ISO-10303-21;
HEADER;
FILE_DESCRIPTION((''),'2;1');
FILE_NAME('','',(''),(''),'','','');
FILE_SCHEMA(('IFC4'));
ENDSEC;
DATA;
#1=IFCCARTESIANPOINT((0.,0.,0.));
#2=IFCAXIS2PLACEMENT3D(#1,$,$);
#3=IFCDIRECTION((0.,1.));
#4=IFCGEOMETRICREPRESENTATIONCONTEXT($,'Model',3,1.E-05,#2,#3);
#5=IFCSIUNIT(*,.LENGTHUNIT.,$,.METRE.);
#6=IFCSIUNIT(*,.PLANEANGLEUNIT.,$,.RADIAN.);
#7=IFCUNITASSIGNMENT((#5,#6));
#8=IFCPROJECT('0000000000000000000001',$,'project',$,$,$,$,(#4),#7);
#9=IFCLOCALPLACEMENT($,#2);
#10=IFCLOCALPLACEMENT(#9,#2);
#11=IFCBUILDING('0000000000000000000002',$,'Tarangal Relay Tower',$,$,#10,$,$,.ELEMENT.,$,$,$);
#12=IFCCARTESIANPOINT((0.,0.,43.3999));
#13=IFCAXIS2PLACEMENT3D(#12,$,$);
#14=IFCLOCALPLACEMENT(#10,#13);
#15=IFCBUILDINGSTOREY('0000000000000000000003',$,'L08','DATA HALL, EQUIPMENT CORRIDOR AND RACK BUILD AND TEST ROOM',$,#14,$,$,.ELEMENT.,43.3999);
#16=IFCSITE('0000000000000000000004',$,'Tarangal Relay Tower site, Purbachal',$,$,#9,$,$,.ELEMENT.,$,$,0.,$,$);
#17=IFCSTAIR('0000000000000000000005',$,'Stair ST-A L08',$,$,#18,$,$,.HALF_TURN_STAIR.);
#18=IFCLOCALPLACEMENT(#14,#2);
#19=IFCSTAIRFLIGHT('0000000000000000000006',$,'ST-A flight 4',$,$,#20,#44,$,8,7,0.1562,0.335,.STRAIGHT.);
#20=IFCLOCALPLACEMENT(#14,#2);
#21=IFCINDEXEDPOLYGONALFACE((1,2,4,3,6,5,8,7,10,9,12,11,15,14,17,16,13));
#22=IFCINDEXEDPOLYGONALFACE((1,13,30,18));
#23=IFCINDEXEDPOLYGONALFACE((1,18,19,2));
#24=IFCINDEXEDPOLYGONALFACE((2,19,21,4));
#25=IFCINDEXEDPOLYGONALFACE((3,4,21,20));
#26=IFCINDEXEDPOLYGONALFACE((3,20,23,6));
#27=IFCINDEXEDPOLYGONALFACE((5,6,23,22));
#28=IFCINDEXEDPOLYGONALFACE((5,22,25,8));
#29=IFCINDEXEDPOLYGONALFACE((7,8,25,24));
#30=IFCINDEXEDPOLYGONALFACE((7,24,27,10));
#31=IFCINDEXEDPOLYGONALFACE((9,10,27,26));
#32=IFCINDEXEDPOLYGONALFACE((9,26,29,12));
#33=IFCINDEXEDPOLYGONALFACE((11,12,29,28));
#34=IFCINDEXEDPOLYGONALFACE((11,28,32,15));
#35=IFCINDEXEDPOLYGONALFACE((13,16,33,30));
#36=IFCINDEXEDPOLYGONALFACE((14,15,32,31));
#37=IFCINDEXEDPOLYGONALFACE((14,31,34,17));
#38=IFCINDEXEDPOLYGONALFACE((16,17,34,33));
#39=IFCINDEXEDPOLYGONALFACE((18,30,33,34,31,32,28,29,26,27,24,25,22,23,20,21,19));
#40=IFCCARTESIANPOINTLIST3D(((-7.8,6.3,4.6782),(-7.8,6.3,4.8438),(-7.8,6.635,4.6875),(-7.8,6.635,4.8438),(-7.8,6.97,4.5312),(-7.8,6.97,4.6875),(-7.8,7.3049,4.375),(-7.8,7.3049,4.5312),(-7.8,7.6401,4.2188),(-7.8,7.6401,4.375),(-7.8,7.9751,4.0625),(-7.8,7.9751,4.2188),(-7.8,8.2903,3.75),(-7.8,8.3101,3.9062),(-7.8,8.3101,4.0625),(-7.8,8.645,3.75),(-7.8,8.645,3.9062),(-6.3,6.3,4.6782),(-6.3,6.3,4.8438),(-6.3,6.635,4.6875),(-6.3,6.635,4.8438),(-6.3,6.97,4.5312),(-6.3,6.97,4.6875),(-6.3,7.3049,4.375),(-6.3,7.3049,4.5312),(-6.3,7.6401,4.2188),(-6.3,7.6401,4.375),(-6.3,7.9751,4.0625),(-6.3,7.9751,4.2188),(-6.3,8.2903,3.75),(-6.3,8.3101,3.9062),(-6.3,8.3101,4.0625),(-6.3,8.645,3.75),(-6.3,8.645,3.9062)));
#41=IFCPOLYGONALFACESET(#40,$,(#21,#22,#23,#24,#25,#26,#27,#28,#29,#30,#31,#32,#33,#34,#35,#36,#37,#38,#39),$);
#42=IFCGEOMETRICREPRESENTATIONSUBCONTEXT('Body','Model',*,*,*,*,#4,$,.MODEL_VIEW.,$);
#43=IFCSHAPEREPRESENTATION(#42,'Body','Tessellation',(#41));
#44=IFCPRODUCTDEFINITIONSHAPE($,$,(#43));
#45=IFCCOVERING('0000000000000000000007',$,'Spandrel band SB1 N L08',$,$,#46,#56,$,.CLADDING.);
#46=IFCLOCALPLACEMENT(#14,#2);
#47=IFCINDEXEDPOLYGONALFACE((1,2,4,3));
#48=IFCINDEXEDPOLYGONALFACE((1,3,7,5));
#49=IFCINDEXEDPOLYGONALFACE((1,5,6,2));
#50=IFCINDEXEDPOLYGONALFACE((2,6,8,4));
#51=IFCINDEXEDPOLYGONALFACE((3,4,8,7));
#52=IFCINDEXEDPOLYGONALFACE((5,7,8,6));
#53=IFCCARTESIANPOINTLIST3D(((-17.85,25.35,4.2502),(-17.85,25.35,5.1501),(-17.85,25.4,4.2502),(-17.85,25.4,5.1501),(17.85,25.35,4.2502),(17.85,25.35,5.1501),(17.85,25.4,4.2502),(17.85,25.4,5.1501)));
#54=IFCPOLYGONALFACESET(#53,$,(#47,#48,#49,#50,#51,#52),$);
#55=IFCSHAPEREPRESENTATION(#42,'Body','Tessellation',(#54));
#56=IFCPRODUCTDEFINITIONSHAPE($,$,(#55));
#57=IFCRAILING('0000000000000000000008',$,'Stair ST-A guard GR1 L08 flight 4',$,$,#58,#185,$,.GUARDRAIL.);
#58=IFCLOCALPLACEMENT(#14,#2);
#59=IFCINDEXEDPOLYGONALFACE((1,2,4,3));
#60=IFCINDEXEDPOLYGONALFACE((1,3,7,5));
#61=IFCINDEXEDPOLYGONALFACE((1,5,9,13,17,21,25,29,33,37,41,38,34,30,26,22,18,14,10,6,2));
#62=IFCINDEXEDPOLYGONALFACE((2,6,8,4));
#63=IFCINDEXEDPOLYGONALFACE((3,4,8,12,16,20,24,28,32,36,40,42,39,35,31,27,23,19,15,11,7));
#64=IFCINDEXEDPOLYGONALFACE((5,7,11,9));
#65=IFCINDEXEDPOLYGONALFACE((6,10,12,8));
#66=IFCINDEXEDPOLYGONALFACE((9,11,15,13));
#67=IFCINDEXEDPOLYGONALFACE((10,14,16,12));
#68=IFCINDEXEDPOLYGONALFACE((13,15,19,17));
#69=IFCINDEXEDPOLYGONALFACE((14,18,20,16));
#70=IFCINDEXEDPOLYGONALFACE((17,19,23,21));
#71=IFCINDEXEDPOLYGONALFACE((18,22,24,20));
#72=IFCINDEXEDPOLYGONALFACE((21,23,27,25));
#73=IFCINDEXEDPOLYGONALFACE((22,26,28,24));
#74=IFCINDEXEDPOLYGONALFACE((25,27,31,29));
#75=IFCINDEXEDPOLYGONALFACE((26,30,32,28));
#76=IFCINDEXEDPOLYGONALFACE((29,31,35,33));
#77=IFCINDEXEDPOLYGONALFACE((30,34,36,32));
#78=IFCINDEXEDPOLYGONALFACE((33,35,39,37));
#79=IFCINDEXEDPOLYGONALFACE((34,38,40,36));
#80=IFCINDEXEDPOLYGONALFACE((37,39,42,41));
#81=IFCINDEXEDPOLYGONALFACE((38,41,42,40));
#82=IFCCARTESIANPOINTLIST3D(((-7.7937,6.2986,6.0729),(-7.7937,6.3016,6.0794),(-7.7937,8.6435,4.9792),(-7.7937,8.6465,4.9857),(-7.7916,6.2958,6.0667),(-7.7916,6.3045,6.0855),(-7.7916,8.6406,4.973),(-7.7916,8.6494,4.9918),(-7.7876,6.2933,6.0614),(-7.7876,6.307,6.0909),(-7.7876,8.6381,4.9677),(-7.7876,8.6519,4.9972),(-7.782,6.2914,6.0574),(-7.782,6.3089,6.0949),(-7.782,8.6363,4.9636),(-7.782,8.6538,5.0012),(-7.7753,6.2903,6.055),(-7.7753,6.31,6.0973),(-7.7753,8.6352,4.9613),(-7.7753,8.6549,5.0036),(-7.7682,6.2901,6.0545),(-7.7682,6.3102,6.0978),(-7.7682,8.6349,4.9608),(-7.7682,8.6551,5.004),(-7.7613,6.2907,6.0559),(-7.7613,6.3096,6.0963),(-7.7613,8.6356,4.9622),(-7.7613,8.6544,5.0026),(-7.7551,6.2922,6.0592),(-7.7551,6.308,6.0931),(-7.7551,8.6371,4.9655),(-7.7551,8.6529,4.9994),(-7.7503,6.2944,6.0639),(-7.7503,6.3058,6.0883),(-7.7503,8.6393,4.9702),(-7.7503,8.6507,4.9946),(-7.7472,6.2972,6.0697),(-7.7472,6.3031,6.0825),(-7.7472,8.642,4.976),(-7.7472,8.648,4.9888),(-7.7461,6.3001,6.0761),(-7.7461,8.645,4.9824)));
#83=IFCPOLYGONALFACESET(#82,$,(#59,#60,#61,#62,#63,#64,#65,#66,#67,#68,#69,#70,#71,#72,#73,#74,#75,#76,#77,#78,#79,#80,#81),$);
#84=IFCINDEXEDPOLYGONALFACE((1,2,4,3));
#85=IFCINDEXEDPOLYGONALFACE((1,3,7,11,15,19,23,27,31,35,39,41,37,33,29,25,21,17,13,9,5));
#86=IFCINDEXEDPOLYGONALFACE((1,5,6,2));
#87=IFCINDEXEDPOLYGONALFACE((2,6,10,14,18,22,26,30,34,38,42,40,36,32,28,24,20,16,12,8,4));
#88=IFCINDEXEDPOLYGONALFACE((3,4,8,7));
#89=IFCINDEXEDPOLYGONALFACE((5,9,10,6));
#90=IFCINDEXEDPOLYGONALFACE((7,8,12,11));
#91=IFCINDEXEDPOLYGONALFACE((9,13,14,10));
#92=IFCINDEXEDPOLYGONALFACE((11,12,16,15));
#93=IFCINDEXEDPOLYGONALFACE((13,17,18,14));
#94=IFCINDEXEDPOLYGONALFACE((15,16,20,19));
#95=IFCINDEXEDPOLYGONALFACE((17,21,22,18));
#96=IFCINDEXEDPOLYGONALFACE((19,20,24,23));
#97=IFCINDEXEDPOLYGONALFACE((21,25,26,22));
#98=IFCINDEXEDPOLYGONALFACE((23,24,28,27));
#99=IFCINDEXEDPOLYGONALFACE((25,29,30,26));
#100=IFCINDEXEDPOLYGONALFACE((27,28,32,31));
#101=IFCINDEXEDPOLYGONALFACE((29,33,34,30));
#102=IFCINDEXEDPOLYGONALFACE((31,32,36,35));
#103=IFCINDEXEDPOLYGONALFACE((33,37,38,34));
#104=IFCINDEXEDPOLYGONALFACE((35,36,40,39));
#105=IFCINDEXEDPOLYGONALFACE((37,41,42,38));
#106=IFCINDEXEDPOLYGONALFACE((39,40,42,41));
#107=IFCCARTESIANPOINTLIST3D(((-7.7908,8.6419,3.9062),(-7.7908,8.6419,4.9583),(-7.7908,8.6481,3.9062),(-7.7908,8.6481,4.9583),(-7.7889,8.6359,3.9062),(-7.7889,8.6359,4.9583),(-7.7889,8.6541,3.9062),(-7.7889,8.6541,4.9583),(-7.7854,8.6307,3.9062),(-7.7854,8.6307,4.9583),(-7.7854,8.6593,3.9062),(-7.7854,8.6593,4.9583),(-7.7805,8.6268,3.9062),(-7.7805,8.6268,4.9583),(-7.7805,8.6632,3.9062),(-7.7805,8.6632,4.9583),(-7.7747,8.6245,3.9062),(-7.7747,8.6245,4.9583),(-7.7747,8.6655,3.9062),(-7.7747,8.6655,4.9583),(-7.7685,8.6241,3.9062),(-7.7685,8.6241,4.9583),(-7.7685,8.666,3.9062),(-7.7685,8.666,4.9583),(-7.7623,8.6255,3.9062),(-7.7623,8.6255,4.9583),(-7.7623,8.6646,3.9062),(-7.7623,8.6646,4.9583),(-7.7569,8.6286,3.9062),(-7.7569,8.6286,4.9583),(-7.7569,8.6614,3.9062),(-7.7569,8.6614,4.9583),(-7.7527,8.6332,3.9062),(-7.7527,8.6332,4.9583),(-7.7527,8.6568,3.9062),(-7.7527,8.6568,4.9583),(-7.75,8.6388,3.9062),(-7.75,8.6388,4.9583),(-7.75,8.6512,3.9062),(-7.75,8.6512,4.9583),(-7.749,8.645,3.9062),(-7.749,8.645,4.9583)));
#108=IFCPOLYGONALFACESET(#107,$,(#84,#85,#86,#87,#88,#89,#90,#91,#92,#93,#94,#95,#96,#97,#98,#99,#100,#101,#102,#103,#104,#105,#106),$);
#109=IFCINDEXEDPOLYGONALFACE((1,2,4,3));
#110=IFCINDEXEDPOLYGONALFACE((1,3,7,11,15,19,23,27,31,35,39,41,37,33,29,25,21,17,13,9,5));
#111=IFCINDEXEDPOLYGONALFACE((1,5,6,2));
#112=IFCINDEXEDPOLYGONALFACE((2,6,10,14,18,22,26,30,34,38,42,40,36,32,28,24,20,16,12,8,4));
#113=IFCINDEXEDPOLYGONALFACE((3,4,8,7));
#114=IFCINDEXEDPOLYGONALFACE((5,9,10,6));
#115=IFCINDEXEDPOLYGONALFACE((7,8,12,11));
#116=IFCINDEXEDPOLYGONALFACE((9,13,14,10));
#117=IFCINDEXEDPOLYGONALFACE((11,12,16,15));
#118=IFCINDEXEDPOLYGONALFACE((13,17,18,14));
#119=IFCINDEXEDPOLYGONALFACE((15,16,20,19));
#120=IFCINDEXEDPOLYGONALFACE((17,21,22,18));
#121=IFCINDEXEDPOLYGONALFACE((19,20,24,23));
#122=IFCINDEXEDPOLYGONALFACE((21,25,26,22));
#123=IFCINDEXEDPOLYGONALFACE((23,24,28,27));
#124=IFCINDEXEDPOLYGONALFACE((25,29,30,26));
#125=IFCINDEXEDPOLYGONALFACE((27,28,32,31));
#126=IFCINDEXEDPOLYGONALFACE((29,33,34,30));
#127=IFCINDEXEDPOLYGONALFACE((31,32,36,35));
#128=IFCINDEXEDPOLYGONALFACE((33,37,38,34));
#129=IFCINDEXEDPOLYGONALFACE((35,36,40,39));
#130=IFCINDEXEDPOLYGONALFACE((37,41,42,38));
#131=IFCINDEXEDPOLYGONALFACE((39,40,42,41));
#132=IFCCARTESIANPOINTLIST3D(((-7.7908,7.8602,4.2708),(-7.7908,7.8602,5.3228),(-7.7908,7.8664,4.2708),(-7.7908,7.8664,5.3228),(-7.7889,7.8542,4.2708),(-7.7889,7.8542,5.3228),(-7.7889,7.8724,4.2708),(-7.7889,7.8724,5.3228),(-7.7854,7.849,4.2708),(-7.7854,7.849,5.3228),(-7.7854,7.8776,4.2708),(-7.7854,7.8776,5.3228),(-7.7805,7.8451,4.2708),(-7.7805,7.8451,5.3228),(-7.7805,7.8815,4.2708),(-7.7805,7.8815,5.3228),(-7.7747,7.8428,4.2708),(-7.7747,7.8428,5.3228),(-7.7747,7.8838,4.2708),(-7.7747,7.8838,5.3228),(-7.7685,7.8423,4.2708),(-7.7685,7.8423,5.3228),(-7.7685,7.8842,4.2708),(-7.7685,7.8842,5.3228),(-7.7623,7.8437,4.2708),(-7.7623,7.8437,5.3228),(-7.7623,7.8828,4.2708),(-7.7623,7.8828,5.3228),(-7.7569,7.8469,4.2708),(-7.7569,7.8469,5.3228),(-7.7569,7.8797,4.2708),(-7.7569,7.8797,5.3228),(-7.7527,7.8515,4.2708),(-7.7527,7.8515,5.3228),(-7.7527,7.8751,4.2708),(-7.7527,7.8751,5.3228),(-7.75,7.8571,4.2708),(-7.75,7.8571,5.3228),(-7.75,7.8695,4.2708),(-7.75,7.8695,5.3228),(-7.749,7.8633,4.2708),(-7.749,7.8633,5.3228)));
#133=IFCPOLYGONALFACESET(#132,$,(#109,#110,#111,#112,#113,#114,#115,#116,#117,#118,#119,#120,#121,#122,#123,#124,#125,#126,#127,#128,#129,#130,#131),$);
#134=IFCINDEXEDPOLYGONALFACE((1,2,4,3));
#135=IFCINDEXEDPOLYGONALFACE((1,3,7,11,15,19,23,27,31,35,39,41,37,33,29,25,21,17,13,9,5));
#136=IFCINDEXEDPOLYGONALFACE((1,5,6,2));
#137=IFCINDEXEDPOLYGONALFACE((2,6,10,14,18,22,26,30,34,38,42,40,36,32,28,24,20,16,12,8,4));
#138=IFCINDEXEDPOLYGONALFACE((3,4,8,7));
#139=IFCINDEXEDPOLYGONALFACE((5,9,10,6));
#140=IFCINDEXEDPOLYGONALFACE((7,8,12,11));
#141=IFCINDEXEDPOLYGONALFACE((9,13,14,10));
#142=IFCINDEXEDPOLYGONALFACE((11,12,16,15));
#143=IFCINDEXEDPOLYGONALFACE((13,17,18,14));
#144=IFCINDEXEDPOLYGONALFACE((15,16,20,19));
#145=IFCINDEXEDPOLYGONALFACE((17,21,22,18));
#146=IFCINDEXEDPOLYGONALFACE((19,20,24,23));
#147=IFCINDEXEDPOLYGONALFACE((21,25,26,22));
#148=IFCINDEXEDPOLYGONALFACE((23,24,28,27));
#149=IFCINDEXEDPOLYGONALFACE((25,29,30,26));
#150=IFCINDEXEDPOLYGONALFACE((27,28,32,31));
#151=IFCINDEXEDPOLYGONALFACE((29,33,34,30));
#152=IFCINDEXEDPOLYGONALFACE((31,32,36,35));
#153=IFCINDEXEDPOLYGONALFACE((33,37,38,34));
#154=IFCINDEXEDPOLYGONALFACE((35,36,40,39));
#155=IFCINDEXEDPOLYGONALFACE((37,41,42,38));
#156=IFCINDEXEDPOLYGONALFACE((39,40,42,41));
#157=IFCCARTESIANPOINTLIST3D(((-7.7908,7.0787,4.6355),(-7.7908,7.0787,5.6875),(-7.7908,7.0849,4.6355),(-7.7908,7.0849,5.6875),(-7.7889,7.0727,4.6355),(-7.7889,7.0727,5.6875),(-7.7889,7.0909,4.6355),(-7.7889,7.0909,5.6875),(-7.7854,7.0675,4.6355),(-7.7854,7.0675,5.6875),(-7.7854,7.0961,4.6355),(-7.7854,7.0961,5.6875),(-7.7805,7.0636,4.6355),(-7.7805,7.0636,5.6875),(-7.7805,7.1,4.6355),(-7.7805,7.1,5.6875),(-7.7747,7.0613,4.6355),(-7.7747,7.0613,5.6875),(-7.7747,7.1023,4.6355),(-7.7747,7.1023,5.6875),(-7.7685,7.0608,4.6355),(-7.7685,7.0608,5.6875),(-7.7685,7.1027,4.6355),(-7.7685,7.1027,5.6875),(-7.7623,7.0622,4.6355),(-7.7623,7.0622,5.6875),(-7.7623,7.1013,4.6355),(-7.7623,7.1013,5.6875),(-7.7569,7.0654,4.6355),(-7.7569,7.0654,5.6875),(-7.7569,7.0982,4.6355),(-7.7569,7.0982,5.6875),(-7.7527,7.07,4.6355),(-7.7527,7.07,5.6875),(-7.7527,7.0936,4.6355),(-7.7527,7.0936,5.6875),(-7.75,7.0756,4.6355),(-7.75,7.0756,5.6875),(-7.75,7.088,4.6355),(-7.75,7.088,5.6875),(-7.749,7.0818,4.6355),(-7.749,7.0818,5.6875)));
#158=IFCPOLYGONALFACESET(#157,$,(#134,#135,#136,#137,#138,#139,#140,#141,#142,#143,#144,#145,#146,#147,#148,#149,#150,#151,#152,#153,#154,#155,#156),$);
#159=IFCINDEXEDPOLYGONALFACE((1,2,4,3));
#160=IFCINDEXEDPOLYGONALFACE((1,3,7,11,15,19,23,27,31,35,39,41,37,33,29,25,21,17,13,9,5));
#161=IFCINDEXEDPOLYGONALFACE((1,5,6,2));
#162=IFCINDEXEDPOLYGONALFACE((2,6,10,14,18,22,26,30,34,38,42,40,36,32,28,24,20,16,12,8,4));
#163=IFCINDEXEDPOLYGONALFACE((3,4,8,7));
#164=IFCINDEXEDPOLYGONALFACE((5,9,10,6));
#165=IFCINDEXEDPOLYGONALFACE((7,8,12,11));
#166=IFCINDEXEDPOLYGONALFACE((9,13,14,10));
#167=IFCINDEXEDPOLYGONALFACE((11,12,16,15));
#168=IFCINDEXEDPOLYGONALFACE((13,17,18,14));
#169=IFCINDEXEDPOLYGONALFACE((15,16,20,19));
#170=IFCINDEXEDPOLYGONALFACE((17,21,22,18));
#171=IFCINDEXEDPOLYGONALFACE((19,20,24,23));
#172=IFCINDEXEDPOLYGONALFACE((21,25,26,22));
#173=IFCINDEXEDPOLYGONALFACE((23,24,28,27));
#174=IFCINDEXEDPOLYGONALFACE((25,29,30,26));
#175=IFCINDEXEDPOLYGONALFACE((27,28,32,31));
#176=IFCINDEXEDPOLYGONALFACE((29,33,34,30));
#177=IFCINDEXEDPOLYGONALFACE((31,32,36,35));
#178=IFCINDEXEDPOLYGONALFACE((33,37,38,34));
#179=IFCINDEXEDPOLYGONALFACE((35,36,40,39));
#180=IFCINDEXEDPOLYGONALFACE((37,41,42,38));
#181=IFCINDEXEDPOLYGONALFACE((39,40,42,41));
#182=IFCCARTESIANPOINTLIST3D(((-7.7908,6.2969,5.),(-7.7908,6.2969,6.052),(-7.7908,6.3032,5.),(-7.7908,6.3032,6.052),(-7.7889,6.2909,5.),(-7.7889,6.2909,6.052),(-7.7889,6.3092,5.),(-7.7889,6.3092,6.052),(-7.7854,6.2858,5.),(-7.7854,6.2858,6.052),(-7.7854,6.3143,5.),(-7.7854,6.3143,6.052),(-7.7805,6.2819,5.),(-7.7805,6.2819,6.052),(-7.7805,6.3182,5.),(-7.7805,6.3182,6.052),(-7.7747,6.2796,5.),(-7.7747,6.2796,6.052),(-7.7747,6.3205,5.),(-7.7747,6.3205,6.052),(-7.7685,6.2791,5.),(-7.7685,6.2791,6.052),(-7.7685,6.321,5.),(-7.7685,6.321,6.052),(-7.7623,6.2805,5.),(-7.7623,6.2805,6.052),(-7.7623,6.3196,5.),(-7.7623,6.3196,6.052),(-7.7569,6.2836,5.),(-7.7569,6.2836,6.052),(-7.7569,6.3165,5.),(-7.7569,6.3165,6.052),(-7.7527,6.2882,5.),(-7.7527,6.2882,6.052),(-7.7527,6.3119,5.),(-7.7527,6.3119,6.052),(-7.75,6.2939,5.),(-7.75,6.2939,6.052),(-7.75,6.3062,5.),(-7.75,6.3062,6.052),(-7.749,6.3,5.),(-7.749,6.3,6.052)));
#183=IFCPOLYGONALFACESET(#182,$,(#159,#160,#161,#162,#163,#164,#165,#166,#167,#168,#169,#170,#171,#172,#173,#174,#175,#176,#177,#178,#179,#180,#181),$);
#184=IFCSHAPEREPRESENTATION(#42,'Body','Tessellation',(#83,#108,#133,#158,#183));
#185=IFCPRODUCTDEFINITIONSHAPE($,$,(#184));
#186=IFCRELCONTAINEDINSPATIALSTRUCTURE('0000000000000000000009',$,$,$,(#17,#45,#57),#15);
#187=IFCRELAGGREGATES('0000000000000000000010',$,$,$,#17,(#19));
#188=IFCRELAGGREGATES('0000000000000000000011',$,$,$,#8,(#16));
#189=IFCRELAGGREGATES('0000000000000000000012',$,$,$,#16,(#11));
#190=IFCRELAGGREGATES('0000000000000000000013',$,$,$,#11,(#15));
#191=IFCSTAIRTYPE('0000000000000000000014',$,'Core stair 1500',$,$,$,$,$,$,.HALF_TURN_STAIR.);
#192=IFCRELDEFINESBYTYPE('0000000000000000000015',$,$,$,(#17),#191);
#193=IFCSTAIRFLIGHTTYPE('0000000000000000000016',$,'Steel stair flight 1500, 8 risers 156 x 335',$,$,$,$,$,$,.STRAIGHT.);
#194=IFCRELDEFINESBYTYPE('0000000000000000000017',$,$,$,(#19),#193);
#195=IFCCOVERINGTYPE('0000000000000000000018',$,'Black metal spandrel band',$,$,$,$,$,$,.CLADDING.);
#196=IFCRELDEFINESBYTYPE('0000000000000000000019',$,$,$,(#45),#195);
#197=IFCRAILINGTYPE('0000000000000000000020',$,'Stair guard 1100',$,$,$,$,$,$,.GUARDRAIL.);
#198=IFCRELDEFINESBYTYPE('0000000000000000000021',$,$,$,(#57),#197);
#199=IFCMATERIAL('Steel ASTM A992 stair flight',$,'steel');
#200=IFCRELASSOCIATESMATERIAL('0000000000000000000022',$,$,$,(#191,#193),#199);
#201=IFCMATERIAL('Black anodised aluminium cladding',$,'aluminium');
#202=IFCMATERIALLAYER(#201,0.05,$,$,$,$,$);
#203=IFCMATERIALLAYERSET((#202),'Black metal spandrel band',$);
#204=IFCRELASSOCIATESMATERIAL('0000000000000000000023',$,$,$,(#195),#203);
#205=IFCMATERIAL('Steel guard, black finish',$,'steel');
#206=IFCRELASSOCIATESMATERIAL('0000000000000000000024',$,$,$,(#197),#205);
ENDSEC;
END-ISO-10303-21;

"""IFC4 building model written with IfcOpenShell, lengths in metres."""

from ifc_helpers import new_model, si_unit, direction, frame, origin, origin_2d, place, context, subcontext, project, spatial, polyline, rectangle, circle, outline, extrude, material, layer, layer_set, type_object, element, aggregate, save


model = new_model("IFC4")

# Units and contexts
model_context = context("Model", 3, precision=1e-05, world=origin(), true_north=direction((0.0, 1.0)))
body_context = subcontext(model_context, "Body", "Model", "MODEL_VIEW")
ifc_project = project(units=[si_unit("LENGTHUNIT", "METRE"), si_unit("PLANEANGLEUNIT", "RADIAN")], contexts=[model_context])

# Site, building, storey
site_placement = place(None, origin())
site = spatial("IfcSite", under=ifc_project, at=site_placement, Name="Tarangal Relay Tower site, Purbachal", CompositionType="ELEMENT", RefElevation=0.0)
building_placement = place(site_placement, origin())
building = spatial("IfcBuilding", under=site, at=building_placement, Name="Tarangal Relay Tower", CompositionType="ELEMENT")
storey_placement = place(building_placement, frame((0.0, 0.0, 43.3999)))
storey = spatial("IfcBuildingStorey", under=building, at=storey_placement, Name="L08", Description="DATA HALL, EQUIPMENT CORRIDOR AND RACK BUILD AND TEST ROOM", CompositionType="ELEMENT", Elevation=43.3999)

# Stair, stair flight
ifc_material_1 = material(Name="Steel ASTM A992 stair flight", Category="steel")
stair_type = type_object("IfcStairType", Name="Core stair 1500", PredefinedType="HALF_TURN_STAIR", material=ifc_material_1)
stair_placement = place(storey_placement, origin())
stair = element("IfcStair", 1, at=stair_placement, inside=storey, type_object=stair_type, Name="Stair ST-A L08", PredefinedType="HALF_TURN_STAIR")
stair_flight_type = type_object("IfcStairFlightType", Name="Steel stair flight 1500, 8 risers 156 x 335", PredefinedType="STRAIGHT", material=ifc_material_1)
stair_flight_1_placement = place(storey_placement, frame((-7.05, 8.645, 3.75), z_axis=(0.0, 0.0, 1.0), x_axis=(0.0, -1.0, 0.0)))
stair_flight_1 = element("IfcStairFlight", 2, at=stair_flight_1_placement, type_object=stair_flight_type, Name="ST-A flight 4", NumberOfRisers=8, NumberOfTreads=7, PredefinedType="STRAIGHT", RiserHeight=0.1562, TreadLength=0.335, context=body_context, shape_type="SweptSolid", body=[
    extrude(outline(polyline([(0.0, 0.0), (0.0, 0.1562), (0.335, 0.1562), (0.335, 0.3125), (0.6699, 0.3125), (0.6699, 0.4688), (1.0049, 0.4688), (1.0049, 0.625), (1.3401, 0.625), (1.3401, 0.7812), (1.675, 0.7812), (1.675, 0.9375), (2.01, 0.9375), (2.01, 1.0938), (2.345, 1.0938), (2.345, 1.25), (2.345, 0.9282), (0.3547, 0.0), (0.0, 0.0)])), frame((0.0, 0.75, 0.0), z_axis=(0.0, -1.0, 0.0), x_axis=(1.0, 0.0, 0.0)), (0.0, 0.0, 1.0), 1.5),
])
aggregate(stair, [stair_flight_1])

# Covering
ifc_material_2 = material(Name="Black anodised aluminium cladding", Category="aluminium")
ifc_layer_1 = layer(ifc_material_2, 0.05)
ifc_layer_set_1 = layer_set([ifc_layer_1], Name="Black metal spandrel band")
covering_type = type_object("IfcCoveringType", Name="Black metal spandrel band", PredefinedType="CLADDING", material=ifc_layer_set_1)
covering_placement = place(storey_placement, frame((0.0, 25.375, 4.2502), z_axis=(0.0, 0.0, 1.0), x_axis=(1.0, 0.0, 0.0)))
element("IfcCovering", 3, at=covering_placement, inside=storey, type_object=covering_type, Name="Spandrel band SB1 N L08", PredefinedType="CLADDING", context=body_context, shape_type="SweptSolid", body=[
    extrude(rectangle(XDim=35.7, YDim=0.05, at=origin_2d()), origin(), (0.0, 0.0, 1.0), 0.8999),
])

# Railing
ifc_material_3 = material(Name="Steel guard, black finish", Category="steel")
railing_type_1 = type_object("IfcRailingType", Name="Stair guard 1100", PredefinedType="GUARDRAIL", material=ifc_material_3)
railing_placement = place(storey_placement, frame((-7.77, 8.645, 3.9062)))
element("IfcRailing", 4, at=railing_placement, inside=storey, type_object=railing_type_1, Name="Stair ST-A guard GR1 L08 flight 4", PredefinedType="GUARDRAIL", context=body_context, shape_type="SweptSolid", body=[
    extrude(circle(Radius=0.0239, at=origin_2d()), frame((0.0, 0.0, 1.0762), z_axis=(0.0, -0.906267, 0.422705), x_axis=(1.0, 0.0, 0.0)), (0.0, 0.0, 1.0), 2.5874),
    extrude(circle(Radius=0.021, at=origin_2d()), origin(), (0.0, 0.0, 1.0), 1.052),
    extrude(circle(Radius=0.021, at=origin_2d()), frame((0.0, -0.7817, 0.3645)), (0.0, 0.0, 1.0), 1.052),
    extrude(circle(Radius=0.021, at=origin_2d()), frame((0.0, -1.5632, 0.7292)), (0.0, 0.0, 1.0), 1.052),
    extrude(circle(Radius=0.021, at=origin_2d()), frame((0.0, -2.345, 1.0938)), (0.0, 0.0, 1.0), 1.052),
])

save(model, "model.ifc")
